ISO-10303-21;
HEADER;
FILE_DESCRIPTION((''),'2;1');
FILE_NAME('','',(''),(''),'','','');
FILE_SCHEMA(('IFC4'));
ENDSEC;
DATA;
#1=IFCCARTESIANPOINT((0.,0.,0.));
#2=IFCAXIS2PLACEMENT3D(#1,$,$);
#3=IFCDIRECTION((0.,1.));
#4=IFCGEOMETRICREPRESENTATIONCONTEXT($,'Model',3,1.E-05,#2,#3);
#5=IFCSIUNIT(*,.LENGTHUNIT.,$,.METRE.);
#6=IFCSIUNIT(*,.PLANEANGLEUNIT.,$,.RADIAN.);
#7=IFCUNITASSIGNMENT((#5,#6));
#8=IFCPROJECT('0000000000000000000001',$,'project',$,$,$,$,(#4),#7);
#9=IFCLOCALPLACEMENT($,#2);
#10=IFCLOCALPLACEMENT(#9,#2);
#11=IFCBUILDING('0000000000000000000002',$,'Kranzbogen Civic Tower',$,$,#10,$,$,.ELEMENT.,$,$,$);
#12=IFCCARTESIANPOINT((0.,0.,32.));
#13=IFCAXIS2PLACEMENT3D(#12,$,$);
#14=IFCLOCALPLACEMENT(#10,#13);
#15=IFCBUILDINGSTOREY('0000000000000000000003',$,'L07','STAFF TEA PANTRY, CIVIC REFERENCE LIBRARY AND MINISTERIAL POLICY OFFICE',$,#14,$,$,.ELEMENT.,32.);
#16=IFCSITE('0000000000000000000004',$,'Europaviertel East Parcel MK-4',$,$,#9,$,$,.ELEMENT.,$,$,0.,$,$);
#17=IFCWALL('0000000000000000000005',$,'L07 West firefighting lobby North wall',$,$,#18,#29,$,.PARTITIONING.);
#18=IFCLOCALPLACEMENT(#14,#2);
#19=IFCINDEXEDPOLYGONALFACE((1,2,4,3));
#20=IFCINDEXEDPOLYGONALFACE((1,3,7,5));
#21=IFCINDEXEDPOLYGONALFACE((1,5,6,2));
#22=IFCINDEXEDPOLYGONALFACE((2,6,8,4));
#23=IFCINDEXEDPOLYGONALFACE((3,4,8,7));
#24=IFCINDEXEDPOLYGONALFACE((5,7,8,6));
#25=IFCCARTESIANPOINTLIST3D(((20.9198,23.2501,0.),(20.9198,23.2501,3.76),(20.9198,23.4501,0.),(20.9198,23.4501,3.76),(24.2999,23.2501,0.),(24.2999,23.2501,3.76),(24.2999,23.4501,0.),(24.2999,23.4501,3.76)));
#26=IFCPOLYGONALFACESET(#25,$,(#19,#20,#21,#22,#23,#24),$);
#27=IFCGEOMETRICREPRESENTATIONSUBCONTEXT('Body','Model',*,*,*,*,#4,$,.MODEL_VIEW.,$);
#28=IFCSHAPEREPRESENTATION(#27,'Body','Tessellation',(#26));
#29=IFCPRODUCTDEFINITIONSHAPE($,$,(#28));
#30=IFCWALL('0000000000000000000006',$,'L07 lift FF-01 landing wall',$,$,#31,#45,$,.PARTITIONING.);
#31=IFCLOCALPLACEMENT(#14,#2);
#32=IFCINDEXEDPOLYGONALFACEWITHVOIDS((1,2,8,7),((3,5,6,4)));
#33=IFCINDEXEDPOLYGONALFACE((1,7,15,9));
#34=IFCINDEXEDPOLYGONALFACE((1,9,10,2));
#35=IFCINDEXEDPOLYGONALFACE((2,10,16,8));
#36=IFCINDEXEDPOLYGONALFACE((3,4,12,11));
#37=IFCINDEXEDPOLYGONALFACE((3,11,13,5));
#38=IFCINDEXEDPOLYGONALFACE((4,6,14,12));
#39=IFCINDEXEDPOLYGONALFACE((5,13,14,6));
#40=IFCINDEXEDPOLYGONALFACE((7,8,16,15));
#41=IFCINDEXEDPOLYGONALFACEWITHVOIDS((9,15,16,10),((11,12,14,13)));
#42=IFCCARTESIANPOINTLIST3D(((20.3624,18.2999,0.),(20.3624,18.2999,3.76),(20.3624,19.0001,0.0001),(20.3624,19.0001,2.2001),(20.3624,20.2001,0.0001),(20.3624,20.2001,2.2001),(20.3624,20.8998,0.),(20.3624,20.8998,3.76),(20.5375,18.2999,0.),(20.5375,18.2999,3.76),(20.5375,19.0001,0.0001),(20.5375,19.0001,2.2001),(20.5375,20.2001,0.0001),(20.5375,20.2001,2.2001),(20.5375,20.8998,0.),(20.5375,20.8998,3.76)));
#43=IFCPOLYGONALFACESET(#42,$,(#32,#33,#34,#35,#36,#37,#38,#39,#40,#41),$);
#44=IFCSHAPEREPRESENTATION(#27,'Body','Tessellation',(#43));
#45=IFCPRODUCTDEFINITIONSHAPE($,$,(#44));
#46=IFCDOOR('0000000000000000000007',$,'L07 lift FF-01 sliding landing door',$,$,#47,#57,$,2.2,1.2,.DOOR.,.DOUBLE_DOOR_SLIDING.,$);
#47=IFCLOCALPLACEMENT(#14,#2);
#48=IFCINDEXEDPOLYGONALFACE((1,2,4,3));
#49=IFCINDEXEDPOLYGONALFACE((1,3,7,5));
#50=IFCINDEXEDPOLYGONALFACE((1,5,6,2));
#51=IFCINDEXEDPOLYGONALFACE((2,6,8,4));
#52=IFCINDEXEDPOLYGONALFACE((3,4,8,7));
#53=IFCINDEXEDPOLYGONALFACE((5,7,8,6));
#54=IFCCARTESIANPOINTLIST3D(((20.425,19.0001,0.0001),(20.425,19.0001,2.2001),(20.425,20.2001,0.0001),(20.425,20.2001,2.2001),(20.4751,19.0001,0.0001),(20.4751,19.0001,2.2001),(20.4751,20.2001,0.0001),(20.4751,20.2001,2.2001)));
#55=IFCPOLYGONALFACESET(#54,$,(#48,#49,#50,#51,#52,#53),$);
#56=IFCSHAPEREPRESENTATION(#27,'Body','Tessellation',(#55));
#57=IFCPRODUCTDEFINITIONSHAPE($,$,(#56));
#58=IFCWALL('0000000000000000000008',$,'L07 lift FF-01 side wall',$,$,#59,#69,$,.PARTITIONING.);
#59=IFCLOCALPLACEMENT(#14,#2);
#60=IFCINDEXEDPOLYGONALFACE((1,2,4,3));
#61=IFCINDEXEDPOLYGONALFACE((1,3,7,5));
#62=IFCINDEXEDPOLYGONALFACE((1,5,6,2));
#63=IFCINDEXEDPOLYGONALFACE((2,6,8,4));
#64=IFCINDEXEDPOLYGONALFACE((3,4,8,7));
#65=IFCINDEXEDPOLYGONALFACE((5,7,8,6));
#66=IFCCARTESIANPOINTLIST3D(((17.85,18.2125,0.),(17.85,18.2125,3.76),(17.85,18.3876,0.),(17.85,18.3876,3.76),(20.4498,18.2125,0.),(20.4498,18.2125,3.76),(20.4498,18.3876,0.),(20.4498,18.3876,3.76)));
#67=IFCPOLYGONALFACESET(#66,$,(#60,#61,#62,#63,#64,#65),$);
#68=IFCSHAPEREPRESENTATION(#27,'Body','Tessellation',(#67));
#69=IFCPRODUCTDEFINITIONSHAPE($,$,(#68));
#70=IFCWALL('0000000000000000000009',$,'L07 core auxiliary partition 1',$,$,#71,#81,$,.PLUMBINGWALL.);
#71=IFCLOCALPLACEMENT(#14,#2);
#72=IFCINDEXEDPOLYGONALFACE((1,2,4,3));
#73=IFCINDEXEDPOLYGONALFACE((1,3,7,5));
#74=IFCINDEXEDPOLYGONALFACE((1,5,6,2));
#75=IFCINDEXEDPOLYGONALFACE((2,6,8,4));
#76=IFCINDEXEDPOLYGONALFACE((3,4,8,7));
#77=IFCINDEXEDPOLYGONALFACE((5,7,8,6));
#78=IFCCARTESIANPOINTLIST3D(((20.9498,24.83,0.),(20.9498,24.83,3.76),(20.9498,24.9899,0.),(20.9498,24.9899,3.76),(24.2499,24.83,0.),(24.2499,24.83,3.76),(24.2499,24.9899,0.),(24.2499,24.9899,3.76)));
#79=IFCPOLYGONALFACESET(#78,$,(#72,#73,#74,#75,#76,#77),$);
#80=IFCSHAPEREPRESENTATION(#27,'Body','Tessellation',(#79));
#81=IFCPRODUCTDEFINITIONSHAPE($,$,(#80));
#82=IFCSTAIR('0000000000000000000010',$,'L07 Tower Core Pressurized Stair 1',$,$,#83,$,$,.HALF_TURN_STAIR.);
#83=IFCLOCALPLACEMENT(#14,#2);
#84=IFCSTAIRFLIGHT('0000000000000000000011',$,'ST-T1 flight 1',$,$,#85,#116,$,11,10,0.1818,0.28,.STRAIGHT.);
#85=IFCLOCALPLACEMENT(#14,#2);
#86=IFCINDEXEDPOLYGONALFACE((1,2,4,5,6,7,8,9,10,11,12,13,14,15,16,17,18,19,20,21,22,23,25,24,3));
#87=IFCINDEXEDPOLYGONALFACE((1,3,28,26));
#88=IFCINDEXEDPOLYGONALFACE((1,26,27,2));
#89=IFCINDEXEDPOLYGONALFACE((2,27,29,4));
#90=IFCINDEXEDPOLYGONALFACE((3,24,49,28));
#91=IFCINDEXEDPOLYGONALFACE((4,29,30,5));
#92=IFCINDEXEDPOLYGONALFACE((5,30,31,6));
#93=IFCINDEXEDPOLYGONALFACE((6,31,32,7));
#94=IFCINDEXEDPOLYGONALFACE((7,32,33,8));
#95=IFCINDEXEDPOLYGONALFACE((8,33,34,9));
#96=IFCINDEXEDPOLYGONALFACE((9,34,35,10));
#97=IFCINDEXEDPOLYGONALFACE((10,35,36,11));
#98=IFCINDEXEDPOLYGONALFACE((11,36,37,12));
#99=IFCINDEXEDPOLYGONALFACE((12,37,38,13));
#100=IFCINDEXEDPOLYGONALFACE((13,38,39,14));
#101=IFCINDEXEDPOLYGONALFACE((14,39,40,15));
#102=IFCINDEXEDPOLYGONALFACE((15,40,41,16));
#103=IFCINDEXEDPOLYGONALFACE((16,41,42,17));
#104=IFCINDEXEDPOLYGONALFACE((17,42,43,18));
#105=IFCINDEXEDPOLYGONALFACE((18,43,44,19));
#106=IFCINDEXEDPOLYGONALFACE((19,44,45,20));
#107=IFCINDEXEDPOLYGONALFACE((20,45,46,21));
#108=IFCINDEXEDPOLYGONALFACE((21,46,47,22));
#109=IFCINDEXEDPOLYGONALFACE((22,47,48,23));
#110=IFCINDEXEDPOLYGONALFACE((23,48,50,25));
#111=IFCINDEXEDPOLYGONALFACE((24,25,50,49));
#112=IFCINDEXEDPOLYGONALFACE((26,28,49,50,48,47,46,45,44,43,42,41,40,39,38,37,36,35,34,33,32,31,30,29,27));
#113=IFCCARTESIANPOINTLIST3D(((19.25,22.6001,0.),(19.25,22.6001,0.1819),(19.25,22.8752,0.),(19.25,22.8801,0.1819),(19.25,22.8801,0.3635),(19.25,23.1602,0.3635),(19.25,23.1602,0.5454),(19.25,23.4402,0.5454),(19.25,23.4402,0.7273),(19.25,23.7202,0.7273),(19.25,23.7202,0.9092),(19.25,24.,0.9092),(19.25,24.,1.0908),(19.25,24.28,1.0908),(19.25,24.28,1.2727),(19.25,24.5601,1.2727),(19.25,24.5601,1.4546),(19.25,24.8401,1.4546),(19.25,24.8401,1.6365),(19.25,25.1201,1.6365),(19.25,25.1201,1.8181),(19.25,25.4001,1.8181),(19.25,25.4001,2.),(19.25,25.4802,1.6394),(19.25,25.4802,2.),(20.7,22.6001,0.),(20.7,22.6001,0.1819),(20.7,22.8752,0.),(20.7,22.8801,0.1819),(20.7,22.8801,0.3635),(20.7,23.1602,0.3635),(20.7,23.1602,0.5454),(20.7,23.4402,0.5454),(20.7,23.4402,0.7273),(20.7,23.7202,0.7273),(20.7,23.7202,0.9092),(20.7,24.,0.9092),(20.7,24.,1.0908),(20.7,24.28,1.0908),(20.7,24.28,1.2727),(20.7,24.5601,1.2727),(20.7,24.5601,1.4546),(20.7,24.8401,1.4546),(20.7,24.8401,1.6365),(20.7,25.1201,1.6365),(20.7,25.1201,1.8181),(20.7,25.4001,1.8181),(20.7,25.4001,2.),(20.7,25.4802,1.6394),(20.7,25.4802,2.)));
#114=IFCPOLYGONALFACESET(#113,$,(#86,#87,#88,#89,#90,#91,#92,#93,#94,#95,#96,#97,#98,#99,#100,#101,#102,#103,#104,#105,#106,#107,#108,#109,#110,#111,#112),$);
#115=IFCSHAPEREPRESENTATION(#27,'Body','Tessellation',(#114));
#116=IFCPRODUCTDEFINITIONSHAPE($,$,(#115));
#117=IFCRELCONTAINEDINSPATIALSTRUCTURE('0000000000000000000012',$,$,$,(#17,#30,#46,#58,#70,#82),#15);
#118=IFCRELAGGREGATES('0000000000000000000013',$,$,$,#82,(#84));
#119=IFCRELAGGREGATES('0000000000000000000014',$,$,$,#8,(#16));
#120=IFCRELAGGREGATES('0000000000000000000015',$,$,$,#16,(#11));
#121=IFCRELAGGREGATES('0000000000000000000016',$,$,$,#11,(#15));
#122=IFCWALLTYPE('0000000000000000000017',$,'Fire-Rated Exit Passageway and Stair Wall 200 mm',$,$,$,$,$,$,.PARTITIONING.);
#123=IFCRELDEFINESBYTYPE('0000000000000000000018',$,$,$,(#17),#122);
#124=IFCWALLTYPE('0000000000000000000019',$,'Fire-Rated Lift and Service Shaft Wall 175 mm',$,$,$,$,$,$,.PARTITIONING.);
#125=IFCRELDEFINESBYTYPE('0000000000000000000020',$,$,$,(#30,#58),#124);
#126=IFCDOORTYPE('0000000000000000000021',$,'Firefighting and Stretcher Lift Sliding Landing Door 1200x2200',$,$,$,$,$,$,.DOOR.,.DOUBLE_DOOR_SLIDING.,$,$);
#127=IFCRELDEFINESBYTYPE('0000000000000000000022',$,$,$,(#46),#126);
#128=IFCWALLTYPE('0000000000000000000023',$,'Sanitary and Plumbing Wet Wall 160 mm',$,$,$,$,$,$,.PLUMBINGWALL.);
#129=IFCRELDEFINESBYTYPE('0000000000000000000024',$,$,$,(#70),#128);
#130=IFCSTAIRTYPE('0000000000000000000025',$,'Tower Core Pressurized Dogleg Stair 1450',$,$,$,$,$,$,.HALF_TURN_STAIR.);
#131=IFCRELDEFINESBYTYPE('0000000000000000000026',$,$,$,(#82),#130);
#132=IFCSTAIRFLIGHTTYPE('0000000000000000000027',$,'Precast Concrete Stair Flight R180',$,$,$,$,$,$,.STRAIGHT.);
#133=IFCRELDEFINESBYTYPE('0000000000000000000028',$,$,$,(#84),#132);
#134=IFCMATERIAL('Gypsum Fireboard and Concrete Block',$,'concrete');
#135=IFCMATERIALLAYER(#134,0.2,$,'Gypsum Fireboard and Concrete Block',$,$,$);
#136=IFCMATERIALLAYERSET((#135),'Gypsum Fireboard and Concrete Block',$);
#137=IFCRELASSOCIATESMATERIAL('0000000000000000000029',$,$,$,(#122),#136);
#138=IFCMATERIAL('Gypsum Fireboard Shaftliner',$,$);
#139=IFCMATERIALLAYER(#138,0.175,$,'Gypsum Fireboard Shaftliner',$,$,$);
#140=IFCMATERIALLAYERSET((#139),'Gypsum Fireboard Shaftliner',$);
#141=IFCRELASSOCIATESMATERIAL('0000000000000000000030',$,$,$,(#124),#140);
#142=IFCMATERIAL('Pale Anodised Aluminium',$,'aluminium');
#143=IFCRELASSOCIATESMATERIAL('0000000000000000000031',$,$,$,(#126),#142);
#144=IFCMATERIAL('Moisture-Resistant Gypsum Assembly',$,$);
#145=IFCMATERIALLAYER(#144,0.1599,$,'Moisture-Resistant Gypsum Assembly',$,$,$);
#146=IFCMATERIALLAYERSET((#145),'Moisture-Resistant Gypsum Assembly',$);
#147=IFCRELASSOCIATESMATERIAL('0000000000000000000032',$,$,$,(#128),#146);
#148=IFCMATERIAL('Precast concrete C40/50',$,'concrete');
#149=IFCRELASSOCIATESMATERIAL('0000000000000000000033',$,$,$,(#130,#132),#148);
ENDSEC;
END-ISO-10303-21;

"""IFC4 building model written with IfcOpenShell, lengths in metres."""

from ifc_helpers import new_model, si_unit, direction, frame, frame_2d, origin, place, context, subcontext, project, spatial, polyline, rectangle, outline, extrude, material, layer, layer_set, type_object, element, fill, aggregate, save


model = new_model("IFC4")

# Units and contexts
model_context = context("Model", 3, precision=1e-05, world=origin(), true_north=direction((0.0, 1.0)))
body_context = subcontext(model_context, "Body", "Model", "MODEL_VIEW")
ifc_project = project(units=[si_unit("LENGTHUNIT", "METRE"), si_unit("PLANEANGLEUNIT", "RADIAN")], contexts=[model_context])

# Site, building, storey
site_placement = place(None, origin())
site = spatial("IfcSite", under=ifc_project, at=site_placement, Name="Europaviertel East Parcel MK-4", CompositionType="ELEMENT", RefElevation=0.0)
building_placement = place(site_placement, origin())
building = spatial("IfcBuilding", under=site, at=building_placement, Name="Kranzbogen Civic Tower", CompositionType="ELEMENT")
storey_placement = place(building_placement, frame((0.0, 0.0, 32.0)))
storey = spatial("IfcBuildingStorey", under=building, at=storey_placement, Name="L07", Description="STAFF TEA PANTRY, CIVIC REFERENCE LIBRARY AND MINISTERIAL POLICY OFFICE", CompositionType="ELEMENT", Elevation=32.0)

# Shared definitions
ifc_material_1 = material(Name="Pale Anodised Aluminium", Category="aluminium")

# Wall
ifc_material_2 = material(Name="Gypsum Fireboard and Concrete Block", Category="concrete")
ifc_layer_1 = layer(ifc_material_2, 0.2, Name="Gypsum Fireboard and Concrete Block")
ifc_layer_set_1 = layer_set([ifc_layer_1], Name="Gypsum Fireboard and Concrete Block")
wall_type_1 = type_object("IfcWallType", Name="Fire-Rated Exit Passageway and Stair Wall 200 mm", PredefinedType="PARTITIONING", material=ifc_layer_set_1)
wall_1_placement = place(storey_placement, frame((20.9199, 23.3501, 0.0), z_axis=(0.0, 0.0, 1.0), x_axis=(1.0, 0.0, 0.0)))
element("IfcWall", 1, at=wall_1_placement, inside=storey, type_object=wall_type_1, Name="L07 West firefighting lobby North wall", PredefinedType="PARTITIONING", context=body_context, shape_type="SweptSolid", body=[
    extrude(rectangle(XDim=3.3801, YDim=0.2, at=frame_2d((1.6899, 0.0))), origin(), (0.0, 0.0, 1.0), 3.76),
])

# Wall, opening, door
ifc_material_3 = material(Name="Gypsum Fireboard Shaftliner")
ifc_layer_2 = layer(ifc_material_3, 0.175, Name="Gypsum Fireboard Shaftliner")
ifc_layer_set_2 = layer_set([ifc_layer_2], Name="Gypsum Fireboard Shaftliner")
wall_type_2 = type_object("IfcWallType", Name="Fire-Rated Lift and Service Shaft Wall 175 mm", PredefinedType="PARTITIONING", material=ifc_layer_set_2)
wall_2_placement = place(storey_placement, frame((20.45, 18.3, 0.0), z_axis=(0.0, 0.0, 1.0), x_axis=(0.0, 1.0, 0.0)))
wall_2 = element("IfcWall", 2, at=wall_2_placement, inside=storey, type_object=wall_type_2, Name="L07 lift FF-01 landing wall", PredefinedType="PARTITIONING", context=body_context, shape_type="SweptSolid", body=[
    extrude(rectangle(XDim=2.5999, YDim=0.175, at=frame_2d((1.2998, 0.0))), origin(), (0.0, 0.0, 1.0), 3.76),
])
opening_1_placement = place(wall_2_placement, frame((0.7, 0.0, 0.0)))
opening_1 = element("IfcOpeningElement", 3, at=opening_1_placement, cuts=wall_2, PredefinedType="OPENING", context=body_context, shape_type="SweptSolid", body=[
    extrude(rectangle(XDim=1.2, YDim=2.2, at=frame_2d((0.6001, 1.1001))), frame((0.0, 0.0977, 0.0), z_axis=(0.0, -1.0, 0.0), x_axis=(1.0, 0.0, 0.0)), (0.0, 0.0, 1.0), 0.1951),
])
door_type_1 = type_object("IfcDoorType", Name="Firefighting and Stretcher Lift Sliding Landing Door 1200x2200", OperationType="DOUBLE_DOOR_SLIDING", PredefinedType="DOOR", material=ifc_material_1)
door_1_placement = place(opening_1_placement, origin())
door_1 = element("IfcDoor", 4, at=door_1_placement, inside=storey, type_object=door_type_1, Name="L07 lift FF-01 sliding landing door", OperationType="DOUBLE_DOOR_SLIDING", OverallHeight=2.2, OverallWidth=1.2, PredefinedType="DOOR", context=body_context, shape_type="SweptSolid", body=[
    extrude(rectangle(XDim=1.2, YDim=2.2, at=frame_2d((0.6001, 1.1001))), frame((0.0, 0.0249, 0.0), z_axis=(0.0, -1.0, 0.0), x_axis=(1.0, 0.0, 0.0)), (0.0, 0.0, 1.0), 0.05),
])
fill(opening_1, door_1)

# Walls
wall_3_placement = place(storey_placement, frame((17.8501, 18.3, 0.0), z_axis=(0.0, 0.0, 1.0), x_axis=(1.0, 0.0, 0.0)))
element("IfcWall", 5, at=wall_3_placement, inside=storey, type_object=wall_type_2, Name="L07 lift FF-01 side wall", PredefinedType="PARTITIONING", context=body_context, shape_type="SweptSolid", body=[
    extrude(rectangle(XDim=2.5999, YDim=0.175, at=frame_2d((1.2998, 0.0))), origin(), (0.0, 0.0, 1.0), 3.76),
])
ifc_material_4 = material(Name="Moisture-Resistant Gypsum Assembly")
ifc_layer_3 = layer(ifc_material_4, 0.1599, Name="Moisture-Resistant Gypsum Assembly")
ifc_layer_set_3 = layer_set([ifc_layer_3], Name="Moisture-Resistant Gypsum Assembly")
wall_type_3 = type_object("IfcWallType", Name="Sanitary and Plumbing Wet Wall 160 mm", PredefinedType="PLUMBINGWALL", material=ifc_layer_set_3)
wall_4_placement = place(storey_placement, frame((20.95, 24.9099, 0.0), z_axis=(0.0, 0.0, 1.0), x_axis=(1.0, 0.0, 0.0)))
element("IfcWall", 6, at=wall_4_placement, inside=storey, type_object=wall_type_3, Name="L07 core auxiliary partition 1", PredefinedType="PLUMBINGWALL", context=body_context, shape_type="SweptSolid", body=[
    extrude(rectangle(XDim=3.3, YDim=0.1599, at=frame_2d((1.6499, 0.0))), origin(), (0.0, 0.0, 1.0), 3.76),
])

# Stair, stair flight
ifc_material_5 = material(Name="Precast concrete C40/50", Category="concrete")
stair_type = type_object("IfcStairType", Name="Tower Core Pressurized Dogleg Stair 1450", PredefinedType="HALF_TURN_STAIR", material=ifc_material_5)
stair_placement = place(storey_placement, origin())
stair = element("IfcStair", 7, at=stair_placement, inside=storey, type_object=stair_type, Name="L07 Tower Core Pressurized Stair 1", PredefinedType="HALF_TURN_STAIR")
stair_flight_type = type_object("IfcStairFlightType", Name="Precast Concrete Stair Flight R180", PredefinedType="STRAIGHT", material=ifc_material_5)
stair_flight_placement = place(storey_placement, frame((19.9751, 22.6001, 0.0), z_axis=(0.0, 0.0, 1.0), x_axis=(0.0, 1.0, 0.0)))
stair_flight = element("IfcStairFlight", 8, at=stair_flight_placement, type_object=stair_flight_type, Name="ST-T1 flight 1", NumberOfRisers=11, NumberOfTreads=10, PredefinedType="STRAIGHT", RiserHeight=0.1818, TreadLength=0.28, context=body_context, shape_type="SweptSolid", body=[
    extrude(outline(polyline([(0.0, 0.0), (0.0, 0.1819), (0.28, 0.1819), (0.28, 0.3635), (0.5601, 0.3635), (0.5601, 0.5454), (0.8401, 0.5454), (0.8401, 0.7273), (1.1201, 0.7273), (1.1201, 0.9092), (1.3999, 0.9092), (1.3999, 1.0908), (1.6799, 1.0908), (1.6799, 1.2727), (1.96, 1.2727), (1.96, 1.4546), (2.24, 1.4546), (2.24, 1.6365), (2.52, 1.6365), (2.52, 1.8181), (2.8, 1.8181), (2.8, 2.0), (2.8801, 2.0), (2.8801, 1.6394), (0.2751, 0.0), (0.0, 0.0)])), frame((0.0, 0.7251, 0.0), z_axis=(0.0, -1.0, 0.0), x_axis=(1.0, 0.0, 0.0)), (0.0, 0.0, 1.0), 1.45),
])
aggregate(stair, [stair_flight])

save(model, "model.ifc")
